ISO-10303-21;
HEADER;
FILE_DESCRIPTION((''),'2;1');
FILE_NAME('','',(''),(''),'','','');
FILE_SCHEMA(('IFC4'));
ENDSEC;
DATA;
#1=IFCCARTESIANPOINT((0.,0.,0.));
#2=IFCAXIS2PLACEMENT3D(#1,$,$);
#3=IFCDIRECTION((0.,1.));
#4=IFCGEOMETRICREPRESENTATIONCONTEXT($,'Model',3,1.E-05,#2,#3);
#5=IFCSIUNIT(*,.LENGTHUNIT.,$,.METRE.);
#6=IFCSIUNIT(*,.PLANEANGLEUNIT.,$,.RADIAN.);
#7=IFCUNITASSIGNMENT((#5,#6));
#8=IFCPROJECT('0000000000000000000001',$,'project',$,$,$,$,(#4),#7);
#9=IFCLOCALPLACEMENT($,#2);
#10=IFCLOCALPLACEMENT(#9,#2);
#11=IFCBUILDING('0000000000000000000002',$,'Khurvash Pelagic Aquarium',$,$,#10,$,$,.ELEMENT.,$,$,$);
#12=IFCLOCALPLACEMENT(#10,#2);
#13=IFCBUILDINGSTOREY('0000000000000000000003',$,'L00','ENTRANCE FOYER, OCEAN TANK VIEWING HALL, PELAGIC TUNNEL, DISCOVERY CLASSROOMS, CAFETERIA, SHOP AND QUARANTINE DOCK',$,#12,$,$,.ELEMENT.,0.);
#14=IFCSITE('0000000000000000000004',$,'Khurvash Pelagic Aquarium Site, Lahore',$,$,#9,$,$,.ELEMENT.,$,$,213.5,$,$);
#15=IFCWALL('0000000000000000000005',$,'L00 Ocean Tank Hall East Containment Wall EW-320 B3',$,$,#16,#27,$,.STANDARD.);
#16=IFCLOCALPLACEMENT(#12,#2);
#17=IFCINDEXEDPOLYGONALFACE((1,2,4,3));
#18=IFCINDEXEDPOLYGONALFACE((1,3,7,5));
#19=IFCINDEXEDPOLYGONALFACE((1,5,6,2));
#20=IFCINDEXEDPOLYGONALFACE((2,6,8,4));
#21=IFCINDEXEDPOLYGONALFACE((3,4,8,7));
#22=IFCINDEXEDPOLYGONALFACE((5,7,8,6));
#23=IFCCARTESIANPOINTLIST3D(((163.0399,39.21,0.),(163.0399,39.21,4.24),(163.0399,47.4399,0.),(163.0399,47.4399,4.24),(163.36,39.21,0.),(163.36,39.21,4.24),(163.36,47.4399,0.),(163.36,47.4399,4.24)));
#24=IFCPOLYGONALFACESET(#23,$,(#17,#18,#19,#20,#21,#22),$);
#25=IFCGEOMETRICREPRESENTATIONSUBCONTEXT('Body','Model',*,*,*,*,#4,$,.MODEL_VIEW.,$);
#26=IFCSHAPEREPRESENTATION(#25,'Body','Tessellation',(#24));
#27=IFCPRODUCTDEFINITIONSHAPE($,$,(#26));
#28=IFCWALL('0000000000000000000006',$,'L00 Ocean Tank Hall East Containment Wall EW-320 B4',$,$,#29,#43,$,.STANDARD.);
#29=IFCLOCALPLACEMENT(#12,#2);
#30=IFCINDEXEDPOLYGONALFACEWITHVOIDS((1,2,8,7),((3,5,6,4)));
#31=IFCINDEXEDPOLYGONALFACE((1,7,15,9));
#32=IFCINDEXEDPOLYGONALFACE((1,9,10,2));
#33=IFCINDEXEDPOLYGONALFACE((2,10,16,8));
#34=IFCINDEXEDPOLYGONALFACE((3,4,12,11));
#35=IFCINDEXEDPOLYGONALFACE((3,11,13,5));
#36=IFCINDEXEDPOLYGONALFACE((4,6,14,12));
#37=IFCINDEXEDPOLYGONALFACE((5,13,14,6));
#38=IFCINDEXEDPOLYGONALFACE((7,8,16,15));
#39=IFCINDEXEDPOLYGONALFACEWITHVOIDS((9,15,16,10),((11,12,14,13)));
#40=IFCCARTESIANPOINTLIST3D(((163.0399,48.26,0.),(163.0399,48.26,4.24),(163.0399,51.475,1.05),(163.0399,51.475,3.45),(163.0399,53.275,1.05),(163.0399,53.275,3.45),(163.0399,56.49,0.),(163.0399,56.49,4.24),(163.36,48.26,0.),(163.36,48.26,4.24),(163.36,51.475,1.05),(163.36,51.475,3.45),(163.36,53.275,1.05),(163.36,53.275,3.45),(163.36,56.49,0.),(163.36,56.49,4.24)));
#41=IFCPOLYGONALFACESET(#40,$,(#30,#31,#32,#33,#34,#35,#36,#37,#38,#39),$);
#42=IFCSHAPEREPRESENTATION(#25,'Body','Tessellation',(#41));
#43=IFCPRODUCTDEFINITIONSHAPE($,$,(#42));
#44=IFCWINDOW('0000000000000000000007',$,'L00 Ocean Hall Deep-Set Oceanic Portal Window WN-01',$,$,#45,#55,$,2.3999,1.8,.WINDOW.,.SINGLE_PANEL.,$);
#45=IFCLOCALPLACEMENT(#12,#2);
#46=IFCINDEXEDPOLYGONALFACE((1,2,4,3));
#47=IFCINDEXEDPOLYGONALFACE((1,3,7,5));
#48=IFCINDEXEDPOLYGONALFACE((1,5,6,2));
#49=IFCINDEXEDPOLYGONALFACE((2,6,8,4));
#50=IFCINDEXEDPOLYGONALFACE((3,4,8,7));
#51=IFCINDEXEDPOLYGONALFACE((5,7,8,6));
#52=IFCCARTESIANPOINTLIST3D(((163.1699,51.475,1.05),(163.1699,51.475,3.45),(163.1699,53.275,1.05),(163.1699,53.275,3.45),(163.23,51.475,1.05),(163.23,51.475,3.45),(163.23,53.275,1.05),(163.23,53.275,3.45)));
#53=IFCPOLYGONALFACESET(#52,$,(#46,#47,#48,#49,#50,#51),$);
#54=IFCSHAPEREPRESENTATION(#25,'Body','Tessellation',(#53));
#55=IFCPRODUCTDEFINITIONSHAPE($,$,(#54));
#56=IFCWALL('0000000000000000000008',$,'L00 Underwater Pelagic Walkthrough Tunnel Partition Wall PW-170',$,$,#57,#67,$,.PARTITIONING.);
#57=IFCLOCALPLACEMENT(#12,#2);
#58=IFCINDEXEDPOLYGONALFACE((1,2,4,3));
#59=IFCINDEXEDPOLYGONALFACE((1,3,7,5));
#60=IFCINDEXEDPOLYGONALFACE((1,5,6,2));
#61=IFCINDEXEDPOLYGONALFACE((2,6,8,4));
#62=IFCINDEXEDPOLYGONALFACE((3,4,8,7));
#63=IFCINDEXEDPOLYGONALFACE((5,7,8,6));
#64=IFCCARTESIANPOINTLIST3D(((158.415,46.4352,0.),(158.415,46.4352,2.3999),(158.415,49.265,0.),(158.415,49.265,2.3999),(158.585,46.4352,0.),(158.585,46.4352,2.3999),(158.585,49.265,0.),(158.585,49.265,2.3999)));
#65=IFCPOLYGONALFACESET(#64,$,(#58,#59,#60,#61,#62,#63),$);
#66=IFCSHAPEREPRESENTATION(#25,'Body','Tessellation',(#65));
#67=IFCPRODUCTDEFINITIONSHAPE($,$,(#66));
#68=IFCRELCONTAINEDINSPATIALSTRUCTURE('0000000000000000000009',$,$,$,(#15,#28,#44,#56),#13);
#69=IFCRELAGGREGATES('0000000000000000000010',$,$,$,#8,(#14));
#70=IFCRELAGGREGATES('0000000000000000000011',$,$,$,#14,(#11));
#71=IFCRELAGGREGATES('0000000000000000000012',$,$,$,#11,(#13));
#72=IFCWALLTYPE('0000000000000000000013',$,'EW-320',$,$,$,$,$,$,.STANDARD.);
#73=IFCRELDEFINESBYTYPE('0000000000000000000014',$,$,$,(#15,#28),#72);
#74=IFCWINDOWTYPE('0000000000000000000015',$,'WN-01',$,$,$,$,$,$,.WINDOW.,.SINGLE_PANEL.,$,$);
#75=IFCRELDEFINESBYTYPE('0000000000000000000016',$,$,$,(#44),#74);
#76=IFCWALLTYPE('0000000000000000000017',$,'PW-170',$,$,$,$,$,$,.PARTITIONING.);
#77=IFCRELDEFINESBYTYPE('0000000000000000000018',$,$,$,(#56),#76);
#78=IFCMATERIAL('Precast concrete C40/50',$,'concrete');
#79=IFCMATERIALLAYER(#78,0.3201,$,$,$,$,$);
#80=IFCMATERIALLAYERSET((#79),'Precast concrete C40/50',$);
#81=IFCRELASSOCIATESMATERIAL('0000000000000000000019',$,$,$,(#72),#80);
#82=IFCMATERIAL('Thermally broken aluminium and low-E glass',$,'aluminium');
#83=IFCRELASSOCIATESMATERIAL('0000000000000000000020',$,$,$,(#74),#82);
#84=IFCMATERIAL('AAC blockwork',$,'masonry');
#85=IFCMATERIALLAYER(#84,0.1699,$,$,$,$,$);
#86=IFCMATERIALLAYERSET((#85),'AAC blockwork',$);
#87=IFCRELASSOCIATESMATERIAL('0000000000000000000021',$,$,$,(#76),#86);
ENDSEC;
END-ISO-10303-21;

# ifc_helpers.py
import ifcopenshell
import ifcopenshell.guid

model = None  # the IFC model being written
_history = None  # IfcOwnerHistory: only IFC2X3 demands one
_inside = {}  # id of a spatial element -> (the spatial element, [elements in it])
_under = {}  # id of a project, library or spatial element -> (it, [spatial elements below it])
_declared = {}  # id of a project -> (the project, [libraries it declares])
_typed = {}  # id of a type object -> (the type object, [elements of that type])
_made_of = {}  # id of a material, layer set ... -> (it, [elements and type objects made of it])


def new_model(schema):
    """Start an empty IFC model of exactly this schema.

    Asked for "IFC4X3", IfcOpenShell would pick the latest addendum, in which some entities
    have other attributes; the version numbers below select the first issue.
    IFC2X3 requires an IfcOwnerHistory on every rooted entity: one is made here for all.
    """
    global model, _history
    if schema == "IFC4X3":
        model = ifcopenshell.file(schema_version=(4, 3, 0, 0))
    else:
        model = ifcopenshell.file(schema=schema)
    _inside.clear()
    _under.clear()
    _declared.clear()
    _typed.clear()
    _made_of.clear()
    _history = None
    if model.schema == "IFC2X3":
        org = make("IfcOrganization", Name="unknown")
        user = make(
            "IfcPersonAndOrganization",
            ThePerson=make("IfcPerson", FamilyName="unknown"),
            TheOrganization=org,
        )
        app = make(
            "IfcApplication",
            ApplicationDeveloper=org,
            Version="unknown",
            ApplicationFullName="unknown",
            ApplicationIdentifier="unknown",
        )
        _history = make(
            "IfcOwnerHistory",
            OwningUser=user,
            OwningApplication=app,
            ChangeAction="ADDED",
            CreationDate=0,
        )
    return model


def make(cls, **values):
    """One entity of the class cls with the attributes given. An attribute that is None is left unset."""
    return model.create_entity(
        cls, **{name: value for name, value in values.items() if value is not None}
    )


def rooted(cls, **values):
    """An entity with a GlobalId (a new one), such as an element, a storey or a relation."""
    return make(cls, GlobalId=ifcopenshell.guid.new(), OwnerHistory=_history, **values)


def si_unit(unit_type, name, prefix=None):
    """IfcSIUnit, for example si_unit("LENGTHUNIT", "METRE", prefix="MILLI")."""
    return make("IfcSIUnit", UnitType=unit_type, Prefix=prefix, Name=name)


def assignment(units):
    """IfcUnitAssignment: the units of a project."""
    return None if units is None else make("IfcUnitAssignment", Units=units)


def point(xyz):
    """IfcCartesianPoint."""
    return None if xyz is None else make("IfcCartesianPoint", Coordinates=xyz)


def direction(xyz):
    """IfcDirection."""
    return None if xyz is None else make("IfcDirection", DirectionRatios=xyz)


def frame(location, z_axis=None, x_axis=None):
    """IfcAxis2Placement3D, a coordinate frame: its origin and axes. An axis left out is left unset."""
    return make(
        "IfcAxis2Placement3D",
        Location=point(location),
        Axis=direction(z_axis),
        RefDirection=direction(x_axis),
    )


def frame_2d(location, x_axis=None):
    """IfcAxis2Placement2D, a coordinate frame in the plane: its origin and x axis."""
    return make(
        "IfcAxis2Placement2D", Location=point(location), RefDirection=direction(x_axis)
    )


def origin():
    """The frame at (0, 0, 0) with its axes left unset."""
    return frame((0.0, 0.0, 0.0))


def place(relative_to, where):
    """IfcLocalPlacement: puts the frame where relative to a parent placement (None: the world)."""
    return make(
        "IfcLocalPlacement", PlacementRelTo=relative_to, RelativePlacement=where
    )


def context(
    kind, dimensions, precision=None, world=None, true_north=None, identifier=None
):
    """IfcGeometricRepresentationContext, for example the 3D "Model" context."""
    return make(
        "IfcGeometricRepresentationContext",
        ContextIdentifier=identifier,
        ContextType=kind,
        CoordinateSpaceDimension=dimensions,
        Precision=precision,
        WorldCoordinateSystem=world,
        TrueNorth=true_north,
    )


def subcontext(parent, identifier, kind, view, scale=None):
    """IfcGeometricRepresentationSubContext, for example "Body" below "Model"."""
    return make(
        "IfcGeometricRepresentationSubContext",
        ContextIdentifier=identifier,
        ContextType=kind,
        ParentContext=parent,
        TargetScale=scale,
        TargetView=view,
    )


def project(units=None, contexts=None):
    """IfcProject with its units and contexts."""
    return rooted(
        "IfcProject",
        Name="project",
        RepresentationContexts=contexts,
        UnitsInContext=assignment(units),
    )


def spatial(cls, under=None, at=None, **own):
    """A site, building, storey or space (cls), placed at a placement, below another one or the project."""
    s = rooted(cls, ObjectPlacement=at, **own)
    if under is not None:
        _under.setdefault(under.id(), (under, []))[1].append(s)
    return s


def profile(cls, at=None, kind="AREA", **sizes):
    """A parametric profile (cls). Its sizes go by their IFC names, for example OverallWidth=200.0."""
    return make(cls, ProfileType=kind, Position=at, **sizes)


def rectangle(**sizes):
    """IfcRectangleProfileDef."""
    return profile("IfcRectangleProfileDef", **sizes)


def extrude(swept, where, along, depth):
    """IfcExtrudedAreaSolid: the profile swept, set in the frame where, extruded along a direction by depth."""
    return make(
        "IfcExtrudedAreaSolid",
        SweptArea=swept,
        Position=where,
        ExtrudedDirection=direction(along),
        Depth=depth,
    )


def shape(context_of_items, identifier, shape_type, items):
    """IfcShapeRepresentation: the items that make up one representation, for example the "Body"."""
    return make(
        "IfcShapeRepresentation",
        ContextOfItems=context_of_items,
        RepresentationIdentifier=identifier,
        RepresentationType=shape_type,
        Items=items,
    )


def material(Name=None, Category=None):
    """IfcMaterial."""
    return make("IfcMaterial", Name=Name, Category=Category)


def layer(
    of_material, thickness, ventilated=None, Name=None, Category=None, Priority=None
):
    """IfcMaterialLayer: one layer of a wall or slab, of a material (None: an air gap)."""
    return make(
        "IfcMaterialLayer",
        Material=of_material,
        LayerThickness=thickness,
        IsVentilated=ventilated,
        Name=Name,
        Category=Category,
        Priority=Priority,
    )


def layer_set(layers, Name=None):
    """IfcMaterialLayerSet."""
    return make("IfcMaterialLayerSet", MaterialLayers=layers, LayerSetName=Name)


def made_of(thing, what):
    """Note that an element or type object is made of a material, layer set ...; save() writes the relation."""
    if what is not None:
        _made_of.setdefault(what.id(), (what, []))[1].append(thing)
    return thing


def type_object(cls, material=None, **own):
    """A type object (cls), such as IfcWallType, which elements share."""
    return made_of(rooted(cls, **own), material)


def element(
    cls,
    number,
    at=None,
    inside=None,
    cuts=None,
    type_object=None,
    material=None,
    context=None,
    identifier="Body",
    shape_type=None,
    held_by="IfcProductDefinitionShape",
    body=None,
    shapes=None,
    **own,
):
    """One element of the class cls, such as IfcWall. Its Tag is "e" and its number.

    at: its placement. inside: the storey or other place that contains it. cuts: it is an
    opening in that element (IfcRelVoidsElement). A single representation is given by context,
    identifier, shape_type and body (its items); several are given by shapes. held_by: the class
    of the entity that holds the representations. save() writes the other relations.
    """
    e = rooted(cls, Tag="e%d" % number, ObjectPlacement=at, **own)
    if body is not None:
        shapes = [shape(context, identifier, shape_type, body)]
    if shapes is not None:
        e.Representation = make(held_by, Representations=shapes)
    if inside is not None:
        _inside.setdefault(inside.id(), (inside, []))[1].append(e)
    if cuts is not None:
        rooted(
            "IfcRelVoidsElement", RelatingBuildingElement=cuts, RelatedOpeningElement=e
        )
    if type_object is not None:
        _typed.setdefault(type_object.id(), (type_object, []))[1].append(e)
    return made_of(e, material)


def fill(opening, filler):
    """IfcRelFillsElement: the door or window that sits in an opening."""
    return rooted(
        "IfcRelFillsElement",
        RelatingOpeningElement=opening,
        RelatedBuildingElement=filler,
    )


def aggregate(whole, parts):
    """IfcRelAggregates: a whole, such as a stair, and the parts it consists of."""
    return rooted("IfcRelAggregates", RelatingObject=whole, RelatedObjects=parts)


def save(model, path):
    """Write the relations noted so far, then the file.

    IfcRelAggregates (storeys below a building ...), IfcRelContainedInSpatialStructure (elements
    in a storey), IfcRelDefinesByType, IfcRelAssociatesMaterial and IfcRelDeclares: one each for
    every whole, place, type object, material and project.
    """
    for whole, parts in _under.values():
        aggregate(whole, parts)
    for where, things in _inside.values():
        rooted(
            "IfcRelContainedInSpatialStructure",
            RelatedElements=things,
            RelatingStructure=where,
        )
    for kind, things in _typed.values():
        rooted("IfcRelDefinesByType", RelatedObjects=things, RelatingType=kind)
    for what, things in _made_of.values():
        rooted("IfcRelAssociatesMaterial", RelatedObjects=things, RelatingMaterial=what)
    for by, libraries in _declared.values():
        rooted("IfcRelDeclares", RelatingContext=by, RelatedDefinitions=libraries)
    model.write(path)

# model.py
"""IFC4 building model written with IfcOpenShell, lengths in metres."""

from ifc_helpers import new_model, si_unit, direction, frame, frame_2d, origin, place, context, subcontext, project, spatial, rectangle, extrude, material, layer, layer_set, type_object, element, fill, save


model = new_model("IFC4")

# Units and contexts
model_context = context("Model", 3, precision=1e-05, world=origin(), true_north=direction((0.0, 1.0)))
body_context = subcontext(model_context, "Body", "Model", "MODEL_VIEW")
ifc_project = project(units=[si_unit("LENGTHUNIT", "METRE"), si_unit("PLANEANGLEUNIT", "RADIAN")], contexts=[model_context])

# Site, building, storey
site_placement = place(None, origin())
site = spatial("IfcSite", under=ifc_project, at=site_placement, Name="Khurvash Pelagic Aquarium Site, Lahore", CompositionType="ELEMENT", RefElevation=213.5)
building_placement = place(site_placement, origin())
building = spatial("IfcBuilding", under=site, at=building_placement, Name="Khurvash Pelagic Aquarium", CompositionType="ELEMENT")
storey_placement = place(building_placement, origin())
storey = spatial("IfcBuildingStorey", under=building, at=storey_placement, Name="L00", Description="ENTRANCE FOYER, OCEAN TANK VIEWING HALL, PELAGIC TUNNEL, DISCOVERY CLASSROOMS, CAFETERIA, SHOP AND QUARANTINE DOCK", CompositionType="ELEMENT", Elevation=0.0)

# Wall
ifc_material_1 = material(Name="Precast concrete C40/50", Category="concrete")
ifc_layer_1 = layer(ifc_material_1, 0.3201)
ifc_layer_set_1 = layer_set([ifc_layer_1], Name="Precast concrete C40/50")
wall_type_1 = type_object("IfcWallType", Name="EW-320", PredefinedType="STANDARD", material=ifc_layer_set_1)
wall_1_placement = place(storey_placement, frame((163.2, 39.21, 0.0), z_axis=(0.0, 0.0, 1.0), x_axis=(0.0, 1.0, 0.0)))
element("IfcWall", 1, at=wall_1_placement, inside=storey, type_object=wall_type_1, Name="L00 Ocean Tank Hall East Containment Wall EW-320 B3", PredefinedType="STANDARD", context=body_context, shape_type="SweptSolid", body=[
    extrude(rectangle(XDim=8.23, YDim=0.3201, at=frame_2d((4.115, 0.0))), origin(), (0.0, 0.0, 1.0), 4.24),
])

# Wall, opening, window
wall_2_placement = place(storey_placement, frame((163.2, 48.26, 0.0), z_axis=(0.0, 0.0, 1.0), x_axis=(0.0, 1.0, 0.0)))
wall_2 = element("IfcWall", 2, at=wall_2_placement, inside=storey, type_object=wall_type_1, Name="L00 Ocean Tank Hall East Containment Wall EW-320 B4", PredefinedType="STANDARD", context=body_context, shape_type="SweptSolid", body=[
    extrude(rectangle(XDim=8.23, YDim=0.3201, at=frame_2d((4.115, 0.0))), origin(), (0.0, 0.0, 1.0), 4.24),
])
opening_placement = place(wall_2_placement, frame((3.2151, 0.0, 1.05)))
opening = element("IfcOpeningElement", 3, at=opening_placement, cuts=wall_2, PredefinedType="OPENING", context=body_context, shape_type="SweptSolid", body=[
    extrude(rectangle(XDim=1.8, YDim=2.3999, at=frame_2d((0.8999, 1.2))), frame((0.0, 0.1699, 0.0), z_axis=(0.0, -1.0, 0.0), x_axis=(1.0, 0.0, 0.0)), (0.0, 0.0, 1.0), 0.3401),
])
ifc_material_2 = material(Name="Thermally broken aluminium and low-E glass", Category="aluminium")
window_type = type_object("IfcWindowType", Name="WN-01", PartitioningType="SINGLE_PANEL", PredefinedType="WINDOW", material=ifc_material_2)
window_placement = place(opening_placement, origin())
window = element("IfcWindow", 4, at=window_placement, inside=storey, type_object=window_type, Name="L00 Ocean Hall Deep-Set Oceanic Portal Window WN-01", OverallHeight=2.3999, OverallWidth=1.8, PartitioningType="SINGLE_PANEL", PredefinedType="WINDOW", context=body_context, shape_type="SweptSolid", body=[
    extrude(rectangle(XDim=1.8, YDim=2.3999, at=frame_2d((0.8999, 1.2))), frame((0.0, 0.03, 0.0), z_axis=(0.0, -1.0, 0.0), x_axis=(1.0, 0.0, 0.0)), (0.0, 0.0, 1.0), 0.0601),
])
fill(opening, window)

# Wall
ifc_material_3 = material(Name="AAC blockwork", Category="masonry")
ifc_layer_2 = layer(ifc_material_3, 0.1699)
ifc_layer_set_2 = layer_set([ifc_layer_2], Name="AAC blockwork")
wall_type_2 = type_object("IfcWallType", Name="PW-170", PredefinedType="PARTITIONING", material=ifc_layer_set_2)
wall_3_placement = place(storey_placement, frame((158.5, 46.4351, 0.0), z_axis=(0.0, 0.0, 1.0), x_axis=(0.0, 1.0, 0.0)))
element("IfcWall", 5, at=wall_3_placement, inside=storey, type_object=wall_type_2, Name="L00 Underwater Pelagic Walkthrough Tunnel Partition Wall PW-170", PredefinedType="PARTITIONING", context=body_context, shape_type="SweptSolid", body=[
    extrude(rectangle(XDim=2.8298, YDim=0.1699, at=frame_2d((1.415, 0.0))), origin(), (0.0, 0.0, 1.0), 2.3999),
])

save(model, "model.ifc")
